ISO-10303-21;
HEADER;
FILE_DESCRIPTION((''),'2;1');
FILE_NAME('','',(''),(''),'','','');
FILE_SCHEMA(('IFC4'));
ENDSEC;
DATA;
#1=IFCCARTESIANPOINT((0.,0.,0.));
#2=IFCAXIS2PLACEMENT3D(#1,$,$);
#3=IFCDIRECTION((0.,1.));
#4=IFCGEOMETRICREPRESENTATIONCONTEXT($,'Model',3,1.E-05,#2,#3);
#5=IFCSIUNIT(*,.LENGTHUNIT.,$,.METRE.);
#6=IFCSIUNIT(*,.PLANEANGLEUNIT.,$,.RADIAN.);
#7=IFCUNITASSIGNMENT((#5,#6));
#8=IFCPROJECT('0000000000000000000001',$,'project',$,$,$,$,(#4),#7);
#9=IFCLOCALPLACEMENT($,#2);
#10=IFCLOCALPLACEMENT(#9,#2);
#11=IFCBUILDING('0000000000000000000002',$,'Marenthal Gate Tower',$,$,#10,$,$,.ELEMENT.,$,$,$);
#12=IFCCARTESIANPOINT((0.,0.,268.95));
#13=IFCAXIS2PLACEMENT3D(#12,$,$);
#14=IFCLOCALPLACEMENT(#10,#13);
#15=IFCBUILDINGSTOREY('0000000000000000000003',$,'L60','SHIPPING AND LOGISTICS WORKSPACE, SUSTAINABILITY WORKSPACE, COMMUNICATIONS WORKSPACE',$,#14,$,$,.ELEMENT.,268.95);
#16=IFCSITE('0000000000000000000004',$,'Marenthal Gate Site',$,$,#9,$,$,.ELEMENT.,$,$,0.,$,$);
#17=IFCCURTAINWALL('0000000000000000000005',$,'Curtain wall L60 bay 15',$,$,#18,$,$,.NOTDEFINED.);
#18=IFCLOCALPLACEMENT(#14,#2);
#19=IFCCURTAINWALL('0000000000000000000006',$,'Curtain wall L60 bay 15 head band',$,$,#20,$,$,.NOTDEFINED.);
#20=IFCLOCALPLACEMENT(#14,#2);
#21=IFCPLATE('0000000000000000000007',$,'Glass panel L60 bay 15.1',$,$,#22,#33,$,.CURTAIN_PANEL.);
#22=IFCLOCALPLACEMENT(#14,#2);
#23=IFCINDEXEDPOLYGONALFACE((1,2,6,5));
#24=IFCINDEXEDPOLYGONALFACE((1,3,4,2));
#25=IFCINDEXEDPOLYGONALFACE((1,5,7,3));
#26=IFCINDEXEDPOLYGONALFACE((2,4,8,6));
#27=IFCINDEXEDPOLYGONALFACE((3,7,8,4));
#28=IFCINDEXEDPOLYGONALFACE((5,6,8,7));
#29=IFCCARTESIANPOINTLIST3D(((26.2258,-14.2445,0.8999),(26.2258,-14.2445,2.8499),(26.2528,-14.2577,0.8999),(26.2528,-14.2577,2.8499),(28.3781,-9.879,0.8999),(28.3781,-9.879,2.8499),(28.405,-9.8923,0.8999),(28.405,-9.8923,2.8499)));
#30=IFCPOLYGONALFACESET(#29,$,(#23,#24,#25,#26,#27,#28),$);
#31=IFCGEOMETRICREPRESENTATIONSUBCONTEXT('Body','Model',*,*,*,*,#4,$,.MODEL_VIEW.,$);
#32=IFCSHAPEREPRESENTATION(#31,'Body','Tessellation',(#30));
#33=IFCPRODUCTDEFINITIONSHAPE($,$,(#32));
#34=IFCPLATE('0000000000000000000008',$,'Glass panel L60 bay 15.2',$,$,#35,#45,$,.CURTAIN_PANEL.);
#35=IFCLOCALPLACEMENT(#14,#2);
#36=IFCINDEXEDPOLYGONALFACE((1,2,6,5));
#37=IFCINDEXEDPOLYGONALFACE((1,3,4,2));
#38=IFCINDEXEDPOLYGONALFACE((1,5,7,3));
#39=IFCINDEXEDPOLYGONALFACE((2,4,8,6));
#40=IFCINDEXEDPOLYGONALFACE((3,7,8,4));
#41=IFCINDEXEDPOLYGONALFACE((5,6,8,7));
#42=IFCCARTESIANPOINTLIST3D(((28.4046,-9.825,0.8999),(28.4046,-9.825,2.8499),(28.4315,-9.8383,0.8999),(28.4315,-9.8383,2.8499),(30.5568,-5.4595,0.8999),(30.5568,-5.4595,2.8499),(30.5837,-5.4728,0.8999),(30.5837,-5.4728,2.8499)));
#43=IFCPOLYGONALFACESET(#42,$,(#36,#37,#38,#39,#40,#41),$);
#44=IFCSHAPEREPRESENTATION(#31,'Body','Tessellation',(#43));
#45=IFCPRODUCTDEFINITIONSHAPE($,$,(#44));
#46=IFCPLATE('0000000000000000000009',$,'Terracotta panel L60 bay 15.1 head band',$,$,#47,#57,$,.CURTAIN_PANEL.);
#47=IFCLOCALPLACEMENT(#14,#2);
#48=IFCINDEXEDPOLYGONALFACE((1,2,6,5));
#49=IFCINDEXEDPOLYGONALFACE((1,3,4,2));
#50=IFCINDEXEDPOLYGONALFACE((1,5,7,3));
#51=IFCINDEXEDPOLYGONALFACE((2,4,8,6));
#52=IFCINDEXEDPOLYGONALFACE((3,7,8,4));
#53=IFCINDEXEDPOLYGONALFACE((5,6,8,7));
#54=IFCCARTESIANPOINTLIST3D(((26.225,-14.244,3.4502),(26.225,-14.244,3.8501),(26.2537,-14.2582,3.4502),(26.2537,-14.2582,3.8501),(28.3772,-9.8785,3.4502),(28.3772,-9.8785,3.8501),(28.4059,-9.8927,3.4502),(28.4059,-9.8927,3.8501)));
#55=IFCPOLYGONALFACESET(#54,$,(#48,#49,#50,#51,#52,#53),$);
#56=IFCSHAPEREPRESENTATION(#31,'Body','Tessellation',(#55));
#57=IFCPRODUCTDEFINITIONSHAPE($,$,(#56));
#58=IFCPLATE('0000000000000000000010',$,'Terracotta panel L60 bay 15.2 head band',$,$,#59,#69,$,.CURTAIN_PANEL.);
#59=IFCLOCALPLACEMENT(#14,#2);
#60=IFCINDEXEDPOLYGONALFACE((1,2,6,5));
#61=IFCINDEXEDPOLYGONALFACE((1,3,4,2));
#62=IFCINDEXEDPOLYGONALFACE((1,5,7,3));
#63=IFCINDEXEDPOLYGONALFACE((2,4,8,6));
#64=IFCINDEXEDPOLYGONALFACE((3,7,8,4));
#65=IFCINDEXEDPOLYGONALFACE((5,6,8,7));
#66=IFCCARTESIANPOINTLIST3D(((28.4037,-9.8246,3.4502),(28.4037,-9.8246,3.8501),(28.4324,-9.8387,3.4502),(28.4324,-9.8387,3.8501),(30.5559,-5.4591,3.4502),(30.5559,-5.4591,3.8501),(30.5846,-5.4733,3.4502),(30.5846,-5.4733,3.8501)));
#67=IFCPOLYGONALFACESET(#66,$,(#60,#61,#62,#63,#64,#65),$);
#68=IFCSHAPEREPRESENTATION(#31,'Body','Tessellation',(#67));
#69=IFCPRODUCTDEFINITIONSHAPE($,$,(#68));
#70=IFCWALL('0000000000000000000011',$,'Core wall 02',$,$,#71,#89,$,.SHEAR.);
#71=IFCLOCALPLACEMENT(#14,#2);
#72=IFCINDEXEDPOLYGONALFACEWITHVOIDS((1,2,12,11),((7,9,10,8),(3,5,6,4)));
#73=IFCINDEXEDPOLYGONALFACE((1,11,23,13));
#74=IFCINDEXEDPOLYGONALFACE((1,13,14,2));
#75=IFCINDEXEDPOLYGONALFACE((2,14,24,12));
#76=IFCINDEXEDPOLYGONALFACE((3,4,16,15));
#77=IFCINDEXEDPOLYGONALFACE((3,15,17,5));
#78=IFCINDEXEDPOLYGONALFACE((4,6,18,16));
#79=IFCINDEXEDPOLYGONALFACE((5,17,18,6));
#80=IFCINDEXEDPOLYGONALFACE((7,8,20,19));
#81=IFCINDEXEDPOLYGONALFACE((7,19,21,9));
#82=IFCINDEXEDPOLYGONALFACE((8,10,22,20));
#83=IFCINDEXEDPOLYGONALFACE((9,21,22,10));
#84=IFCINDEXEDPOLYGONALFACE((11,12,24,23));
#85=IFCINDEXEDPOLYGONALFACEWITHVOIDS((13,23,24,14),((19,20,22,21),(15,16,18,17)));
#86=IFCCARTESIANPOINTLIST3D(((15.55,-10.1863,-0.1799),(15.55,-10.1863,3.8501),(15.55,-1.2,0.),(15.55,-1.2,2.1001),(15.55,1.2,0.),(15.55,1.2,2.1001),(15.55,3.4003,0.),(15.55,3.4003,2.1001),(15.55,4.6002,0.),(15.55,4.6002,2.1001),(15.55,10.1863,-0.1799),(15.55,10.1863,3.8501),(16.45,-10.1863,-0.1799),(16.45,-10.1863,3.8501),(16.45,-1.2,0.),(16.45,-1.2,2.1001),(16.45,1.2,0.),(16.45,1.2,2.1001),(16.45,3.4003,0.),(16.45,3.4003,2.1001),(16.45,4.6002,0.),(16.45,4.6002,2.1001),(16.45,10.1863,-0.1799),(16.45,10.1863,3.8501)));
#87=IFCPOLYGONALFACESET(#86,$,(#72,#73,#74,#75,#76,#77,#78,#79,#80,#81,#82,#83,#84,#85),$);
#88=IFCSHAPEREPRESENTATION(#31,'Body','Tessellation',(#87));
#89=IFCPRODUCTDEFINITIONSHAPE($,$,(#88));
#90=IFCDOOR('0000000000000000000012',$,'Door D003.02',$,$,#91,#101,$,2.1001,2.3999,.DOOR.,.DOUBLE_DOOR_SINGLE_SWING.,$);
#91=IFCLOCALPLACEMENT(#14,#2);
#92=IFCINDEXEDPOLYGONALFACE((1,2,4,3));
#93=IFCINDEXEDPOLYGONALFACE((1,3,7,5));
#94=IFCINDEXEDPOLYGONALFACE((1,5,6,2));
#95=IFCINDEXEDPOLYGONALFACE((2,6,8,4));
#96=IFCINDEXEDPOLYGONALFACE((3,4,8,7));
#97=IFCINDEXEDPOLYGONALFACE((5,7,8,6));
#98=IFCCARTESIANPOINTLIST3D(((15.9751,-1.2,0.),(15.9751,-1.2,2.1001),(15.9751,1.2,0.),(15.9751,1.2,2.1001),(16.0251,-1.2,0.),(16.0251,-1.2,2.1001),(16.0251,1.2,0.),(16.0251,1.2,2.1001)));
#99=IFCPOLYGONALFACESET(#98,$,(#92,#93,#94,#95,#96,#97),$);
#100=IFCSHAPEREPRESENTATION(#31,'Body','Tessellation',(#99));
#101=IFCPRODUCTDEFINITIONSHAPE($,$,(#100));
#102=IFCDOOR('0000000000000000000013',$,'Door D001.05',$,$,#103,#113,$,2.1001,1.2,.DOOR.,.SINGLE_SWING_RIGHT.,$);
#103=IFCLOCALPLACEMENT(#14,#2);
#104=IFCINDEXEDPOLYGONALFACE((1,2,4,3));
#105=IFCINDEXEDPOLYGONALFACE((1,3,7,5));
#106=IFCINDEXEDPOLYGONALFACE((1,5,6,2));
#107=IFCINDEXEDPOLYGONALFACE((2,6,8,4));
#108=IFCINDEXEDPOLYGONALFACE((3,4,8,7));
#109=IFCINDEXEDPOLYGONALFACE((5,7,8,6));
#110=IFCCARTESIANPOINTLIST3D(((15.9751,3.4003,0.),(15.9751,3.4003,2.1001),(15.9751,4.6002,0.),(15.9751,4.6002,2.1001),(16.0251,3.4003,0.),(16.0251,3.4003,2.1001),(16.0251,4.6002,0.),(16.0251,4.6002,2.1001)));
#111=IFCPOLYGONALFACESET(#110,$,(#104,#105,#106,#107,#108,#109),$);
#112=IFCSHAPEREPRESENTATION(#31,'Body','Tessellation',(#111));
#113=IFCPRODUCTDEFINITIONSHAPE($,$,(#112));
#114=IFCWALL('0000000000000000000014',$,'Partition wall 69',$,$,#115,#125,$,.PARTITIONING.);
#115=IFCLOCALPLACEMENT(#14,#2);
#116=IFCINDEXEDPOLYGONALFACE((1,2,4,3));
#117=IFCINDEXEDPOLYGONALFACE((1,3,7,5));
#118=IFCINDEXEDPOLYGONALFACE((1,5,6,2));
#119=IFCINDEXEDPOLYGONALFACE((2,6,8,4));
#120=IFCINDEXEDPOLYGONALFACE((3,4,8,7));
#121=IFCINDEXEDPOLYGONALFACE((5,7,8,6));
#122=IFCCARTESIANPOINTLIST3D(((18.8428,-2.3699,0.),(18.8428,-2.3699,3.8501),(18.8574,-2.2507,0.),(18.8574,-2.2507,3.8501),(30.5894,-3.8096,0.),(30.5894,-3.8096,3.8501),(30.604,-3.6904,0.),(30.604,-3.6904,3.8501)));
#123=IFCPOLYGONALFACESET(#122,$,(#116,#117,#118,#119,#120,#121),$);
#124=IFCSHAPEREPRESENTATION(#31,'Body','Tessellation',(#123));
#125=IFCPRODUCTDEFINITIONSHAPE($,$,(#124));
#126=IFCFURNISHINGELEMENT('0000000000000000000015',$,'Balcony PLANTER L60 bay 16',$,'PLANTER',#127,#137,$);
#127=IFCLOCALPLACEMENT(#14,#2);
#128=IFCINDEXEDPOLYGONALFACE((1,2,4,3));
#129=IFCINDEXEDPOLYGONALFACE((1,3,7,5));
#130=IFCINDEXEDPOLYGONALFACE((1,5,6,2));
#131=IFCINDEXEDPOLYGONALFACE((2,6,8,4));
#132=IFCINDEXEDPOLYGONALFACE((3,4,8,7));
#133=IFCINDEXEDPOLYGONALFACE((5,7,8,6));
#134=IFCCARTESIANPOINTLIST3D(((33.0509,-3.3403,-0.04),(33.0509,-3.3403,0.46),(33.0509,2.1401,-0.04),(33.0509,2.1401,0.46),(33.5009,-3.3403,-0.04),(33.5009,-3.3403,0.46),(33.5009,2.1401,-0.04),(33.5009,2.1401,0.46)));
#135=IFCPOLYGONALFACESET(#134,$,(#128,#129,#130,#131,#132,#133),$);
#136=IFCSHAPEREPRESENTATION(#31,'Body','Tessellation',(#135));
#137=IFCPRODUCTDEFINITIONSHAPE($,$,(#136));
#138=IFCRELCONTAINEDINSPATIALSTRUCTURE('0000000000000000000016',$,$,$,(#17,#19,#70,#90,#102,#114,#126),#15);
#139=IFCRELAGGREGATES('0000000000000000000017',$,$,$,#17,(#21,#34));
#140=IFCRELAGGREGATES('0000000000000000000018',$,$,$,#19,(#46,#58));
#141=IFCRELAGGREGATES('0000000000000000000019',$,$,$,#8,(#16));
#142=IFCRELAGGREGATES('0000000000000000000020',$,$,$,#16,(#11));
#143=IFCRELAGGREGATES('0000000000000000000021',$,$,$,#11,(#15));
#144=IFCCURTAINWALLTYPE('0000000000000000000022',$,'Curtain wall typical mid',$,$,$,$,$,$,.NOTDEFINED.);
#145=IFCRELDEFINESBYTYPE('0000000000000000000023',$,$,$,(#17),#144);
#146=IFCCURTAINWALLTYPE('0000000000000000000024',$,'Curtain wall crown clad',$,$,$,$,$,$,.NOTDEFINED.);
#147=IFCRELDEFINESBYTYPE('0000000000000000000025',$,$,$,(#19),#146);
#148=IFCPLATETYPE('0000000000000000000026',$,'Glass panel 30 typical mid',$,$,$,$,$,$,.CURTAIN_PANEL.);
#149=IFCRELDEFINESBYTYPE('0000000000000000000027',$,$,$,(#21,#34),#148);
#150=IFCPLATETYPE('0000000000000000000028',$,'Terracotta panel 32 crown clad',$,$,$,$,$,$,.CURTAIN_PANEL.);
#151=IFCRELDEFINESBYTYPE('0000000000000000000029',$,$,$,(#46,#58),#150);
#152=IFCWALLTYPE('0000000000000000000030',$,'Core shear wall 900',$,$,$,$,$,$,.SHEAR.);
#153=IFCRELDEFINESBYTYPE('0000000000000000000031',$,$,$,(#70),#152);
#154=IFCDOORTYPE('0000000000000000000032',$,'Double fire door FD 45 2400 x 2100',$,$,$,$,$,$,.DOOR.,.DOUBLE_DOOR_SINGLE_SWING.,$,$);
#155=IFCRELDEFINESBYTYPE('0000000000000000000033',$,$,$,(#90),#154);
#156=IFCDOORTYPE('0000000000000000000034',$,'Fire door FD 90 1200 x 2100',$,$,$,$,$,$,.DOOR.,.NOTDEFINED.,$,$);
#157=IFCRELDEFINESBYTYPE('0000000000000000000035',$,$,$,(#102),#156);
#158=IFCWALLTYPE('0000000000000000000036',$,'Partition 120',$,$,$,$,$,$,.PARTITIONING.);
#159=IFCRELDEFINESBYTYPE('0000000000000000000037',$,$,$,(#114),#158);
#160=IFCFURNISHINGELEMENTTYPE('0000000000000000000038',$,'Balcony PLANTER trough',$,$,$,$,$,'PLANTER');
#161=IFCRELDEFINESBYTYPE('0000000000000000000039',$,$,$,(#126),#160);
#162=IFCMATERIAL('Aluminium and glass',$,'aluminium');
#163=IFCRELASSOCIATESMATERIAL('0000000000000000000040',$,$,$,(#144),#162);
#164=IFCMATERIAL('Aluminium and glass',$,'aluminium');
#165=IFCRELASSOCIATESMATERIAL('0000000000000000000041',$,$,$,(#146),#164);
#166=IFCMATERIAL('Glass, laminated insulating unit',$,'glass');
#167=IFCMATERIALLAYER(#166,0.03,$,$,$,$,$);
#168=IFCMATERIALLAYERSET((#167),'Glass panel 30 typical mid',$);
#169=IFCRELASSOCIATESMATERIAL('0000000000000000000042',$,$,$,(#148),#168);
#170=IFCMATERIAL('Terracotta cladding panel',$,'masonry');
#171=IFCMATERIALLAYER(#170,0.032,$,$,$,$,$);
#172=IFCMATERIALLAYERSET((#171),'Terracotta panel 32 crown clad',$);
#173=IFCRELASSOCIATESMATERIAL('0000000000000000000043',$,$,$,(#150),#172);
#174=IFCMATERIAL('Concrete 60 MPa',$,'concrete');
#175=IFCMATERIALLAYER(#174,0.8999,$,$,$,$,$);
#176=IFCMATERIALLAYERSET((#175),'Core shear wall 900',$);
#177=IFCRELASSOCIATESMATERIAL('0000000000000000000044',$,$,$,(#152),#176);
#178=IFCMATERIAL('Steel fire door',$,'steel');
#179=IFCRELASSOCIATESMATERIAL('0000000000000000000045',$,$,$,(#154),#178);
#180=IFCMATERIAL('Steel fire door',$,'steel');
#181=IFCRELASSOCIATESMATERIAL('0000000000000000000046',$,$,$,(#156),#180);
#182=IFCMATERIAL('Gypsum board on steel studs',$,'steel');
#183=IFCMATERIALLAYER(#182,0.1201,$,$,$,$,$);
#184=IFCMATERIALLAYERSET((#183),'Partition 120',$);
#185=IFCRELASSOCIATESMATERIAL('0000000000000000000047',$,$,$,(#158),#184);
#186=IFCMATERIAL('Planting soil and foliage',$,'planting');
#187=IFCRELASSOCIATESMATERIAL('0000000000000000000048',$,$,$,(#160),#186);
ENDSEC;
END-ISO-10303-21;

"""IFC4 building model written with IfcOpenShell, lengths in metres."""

from ifc_helpers import new_model, si_unit, direction, frame, frame_2d, origin, origin_2d, place, context, subcontext, project, spatial, rectangle, extrude, material, layer, layer_set, type_object, element, fill, aggregate, save


model = new_model("IFC4")

# Units and contexts
model_context = context("Model", 3, precision=1e-05, world=origin(), true_north=direction((0.0, 1.0)))
body_context = subcontext(model_context, "Body", "Model", "MODEL_VIEW")
ifc_project = project(units=[si_unit("LENGTHUNIT", "METRE"), si_unit("PLANEANGLEUNIT", "RADIAN")], contexts=[model_context])

# Site, building, storey
site_placement = place(None, origin())
site = spatial("IfcSite", under=ifc_project, at=site_placement, Name="Marenthal Gate Site", CompositionType="ELEMENT", RefElevation=0.0)
building_placement = place(site_placement, origin())
building = spatial("IfcBuilding", under=site, at=building_placement, Name="Marenthal Gate Tower", CompositionType="ELEMENT")
storey_placement = place(building_placement, frame((0.0, 0.0, 268.95)))
storey = spatial("IfcBuildingStorey", under=building, at=storey_placement, Name="L60", Description="SHIPPING AND LOGISTICS WORKSPACE, SUSTAINABILITY WORKSPACE, COMMUNICATIONS WORKSPACE", CompositionType="ELEMENT", Elevation=268.95)

# Curtain walls
ifc_material_1 = material(Name="Aluminium and glass", Category="aluminium")
curtain_wall_type_1 = type_object("IfcCurtainWallType", Name="Curtain wall typical mid", PredefinedType="NOTDEFINED", material=ifc_material_1)
curtain_wall_1_placement = place(storey_placement, origin())
curtain_wall_1 = element("IfcCurtainWall", 1, at=curtain_wall_1_placement, inside=storey, type_object=curtain_wall_type_1, Name="Curtain wall L60 bay 15", PredefinedType="NOTDEFINED")
ifc_material_2 = material(Name="Aluminium and glass", Category="aluminium")
curtain_wall_type_2 = type_object("IfcCurtainWallType", Name="Curtain wall crown clad", PredefinedType="NOTDEFINED", material=ifc_material_2)
curtain_wall_2_placement = place(storey_placement, origin())
curtain_wall_2 = element("IfcCurtainWall", 2, at=curtain_wall_2_placement, inside=storey, type_object=curtain_wall_type_2, Name="Curtain wall L60 bay 15 head band", PredefinedType="NOTDEFINED")

# Plates
ifc_material_3 = material(Name="Glass, laminated insulating unit", Category="glass")
ifc_layer_1 = layer(ifc_material_3, 0.03)
ifc_layer_set_1 = layer_set([ifc_layer_1], Name="Glass panel 30 typical mid")
plate_type_1 = type_object("IfcPlateType", Name="Glass panel 30 typical mid", PredefinedType="CURTAIN_PANEL", material=ifc_layer_set_1)
plate_1_placement = place(storey_placement, frame((27.3154, -12.0684, 0.8999), z_axis=(0.0, 0.0, 1.0), x_axis=(0.442192, 0.896921, 0.0)))
plate_1 = element("IfcPlate", 3, at=plate_1_placement, type_object=plate_type_1, Name="Glass panel L60 bay 15.1", PredefinedType="CURTAIN_PANEL", context=body_context, shape_type="SweptSolid", body=[
    extrude(rectangle(XDim=4.8672, YDim=0.03, at=origin_2d()), origin(), (0.0, 0.0, 1.0), 1.95),
])
plate_2_placement = place(storey_placement, frame((29.4941, -7.6489, 0.8999), z_axis=(0.0, 0.0, 1.0), x_axis=(0.442192, 0.896921, 0.0)))
plate_2 = element("IfcPlate", 4, at=plate_2_placement, type_object=plate_type_1, Name="Glass panel L60 bay 15.2", PredefinedType="CURTAIN_PANEL", context=body_context, shape_type="SweptSolid", body=[
    extrude(rectangle(XDim=4.8672, YDim=0.03, at=origin_2d()), origin(), (0.0, 0.0, 1.0), 1.95),
])
aggregate(curtain_wall_1, [plate_1, plate_2])
ifc_material_4 = material(Name="Terracotta cladding panel", Category="masonry")
ifc_layer_2 = layer(ifc_material_4, 0.032)
ifc_layer_set_2 = layer_set([ifc_layer_2], Name="Terracotta panel 32 crown clad")
plate_type_2 = type_object("IfcPlateType", Name="Terracotta panel 32 crown clad", PredefinedType="CURTAIN_PANEL", material=ifc_layer_set_2)
plate_3_placement = place(storey_placement, frame((27.3154, -12.0684, 3.4502), z_axis=(0.0, 0.0, 1.0), x_axis=(0.442192, 0.896921, 0.0)))
plate_3 = element("IfcPlate", 5, at=plate_3_placement, type_object=plate_type_2, Name="Terracotta panel L60 bay 15.1 head band", PredefinedType="CURTAIN_PANEL", context=body_context, shape_type="SweptSolid", body=[
    extrude(rectangle(XDim=4.8672, YDim=0.032, at=origin_2d()), origin(), (0.0, 0.0, 1.0), 0.3999),
])
plate_4_placement = place(storey_placement, frame((29.4941, -7.6489, 3.4502), z_axis=(0.0, 0.0, 1.0), x_axis=(0.442192, 0.896921, 0.0)))
plate_4 = element("IfcPlate", 6, at=plate_4_placement, type_object=plate_type_2, Name="Terracotta panel L60 bay 15.2 head band", PredefinedType="CURTAIN_PANEL", context=body_context, shape_type="SweptSolid", body=[
    extrude(rectangle(XDim=4.8672, YDim=0.032, at=origin_2d()), origin(), (0.0, 0.0, 1.0), 0.3999),
])
aggregate(curtain_wall_2, [plate_3, plate_4])

# Wall, openings, doors
ifc_material_5 = material(Name="Concrete 60 MPa", Category="concrete")
ifc_layer_3 = layer(ifc_material_5, 0.8999)
ifc_layer_set_3 = layer_set([ifc_layer_3], Name="Core shear wall 900")
wall_type_1 = type_object("IfcWallType", Name="Core shear wall 900", PredefinedType="SHEAR", material=ifc_layer_set_3)
wall_1_placement = place(storey_placement, frame((16.0, -10.1863, -0.1799), z_axis=(0.0, 0.0, 1.0), x_axis=(0.0, 1.0, 0.0)))
wall_1 = element("IfcWall", 7, at=wall_1_placement, inside=storey, type_object=wall_type_1, Name="Core wall 02", PredefinedType="SHEAR", context=body_context, shape_type="SweptSolid", body=[
    extrude(rectangle(XDim=20.3726, YDim=0.8999, at=frame_2d((10.1863, 0.0))), origin(), (0.0, 0.0, 1.0), 4.03),
])
opening_1_placement = place(wall_1_placement, frame((8.9863, 0.0, 0.1799)))
opening_1 = element("IfcOpeningElement", 8, at=opening_1_placement, cuts=wall_1, PredefinedType="OPENING", context=body_context, shape_type="SweptSolid", body=[
    extrude(rectangle(XDim=2.3999, YDim=2.1001, at=frame_2d((1.2, 1.05))), frame((0.0, 0.46, 0.0), z_axis=(0.0, -1.0, 0.0), x_axis=(1.0, 0.0, 0.0)), (0.0, 0.0, 1.0), 0.9199),
])
opening_2_placement = place(wall_1_placement, frame((13.5864, 0.0, 0.1799)))
opening_2 = element("IfcOpeningElement", 9, at=opening_2_placement, cuts=wall_1, PredefinedType="OPENING", context=body_context, shape_type="SweptSolid", body=[
    extrude(rectangle(XDim=1.2, YDim=2.1001, at=frame_2d((0.6001, 1.05))), frame((0.0, 0.46, 0.0), z_axis=(0.0, -1.0, 0.0), x_axis=(1.0, 0.0, 0.0)), (0.0, 0.0, 1.0), 0.9199),
])
ifc_material_6 = material(Name="Steel fire door", Category="steel")
door_type_1 = type_object("IfcDoorType", Name="Double fire door FD 45 2400 x 2100", OperationType="DOUBLE_DOOR_SINGLE_SWING", PredefinedType="DOOR", material=ifc_material_6)
door_1_placement = place(opening_1_placement, origin())
door_1 = element("IfcDoor", 10, at=door_1_placement, inside=storey, type_object=door_type_1, Name="Door D003.02", OperationType="DOUBLE_DOOR_SINGLE_SWING", OverallHeight=2.1001, OverallWidth=2.3999, PredefinedType="DOOR", context=body_context, shape_type="SweptSolid", body=[
    extrude(rectangle(XDim=2.3999, YDim=2.1001, at=frame_2d((1.2, 1.05))), frame((0.0, 0.0249, 0.0), z_axis=(0.0, -1.0, 0.0), x_axis=(1.0, 0.0, 0.0)), (0.0, 0.0, 1.0), 0.05),
])
fill(opening_1, door_1)
ifc_material_7 = material(Name="Steel fire door", Category="steel")
door_type_2 = type_object("IfcDoorType", Name="Fire door FD 90 1200 x 2100", OperationType="NOTDEFINED", PredefinedType="DOOR", material=ifc_material_7)
door_2_placement = place(opening_2_placement, origin())
door_2 = element("IfcDoor", 11, at=door_2_placement, inside=storey, type_object=door_type_2, Name="Door D001.05", OperationType="SINGLE_SWING_RIGHT", OverallHeight=2.1001, OverallWidth=1.2, PredefinedType="DOOR", context=body_context, shape_type="SweptSolid", body=[
    extrude(rectangle(XDim=1.2, YDim=2.1001, at=frame_2d((0.6001, 1.05))), frame((0.0, 0.0249, 0.0), z_axis=(0.0, -1.0, 0.0), x_axis=(1.0, 0.0, 0.0)), (0.0, 0.0, 1.0), 0.05),
])
fill(opening_2, door_2)

# Wall
ifc_material_8 = material(Name="Gypsum board on steel studs", Category="steel")
ifc_layer_4 = layer(ifc_material_8, 0.1201)
ifc_layer_set_4 = layer_set([ifc_layer_4], Name="Partition 120")
wall_type_2 = type_object("IfcWallType", Name="Partition 120", PredefinedType="PARTITIONING", material=ifc_layer_set_4)
wall_2_placement = place(storey_placement, frame((18.8501, -2.3103, 0.0), z_axis=(0.0, 0.0, 1.0), x_axis=(0.992573, -0.121653, 0.0)))
element("IfcWall", 12, at=wall_2_placement, inside=storey, type_object=wall_type_2, Name="Partition wall 69", PredefinedType="PARTITIONING", context=body_context, shape_type="SweptSolid", body=[
    extrude(rectangle(XDim=11.8345, YDim=0.1201, at=frame_2d((5.9172, 0.0))), origin(), (0.0, 0.0, 1.0), 3.8501),
])

# Furnishing element
ifc_material_9 = material(Name="Planting soil and foliage", Category="planting")
furnishing_element_type = type_object("IfcFurnishingElementType", Name="Balcony PLANTER trough", ElementType="PLANTER", material=ifc_material_9)
furnishing_placement = place(storey_placement, frame((33.2759, -0.6001, -0.04), z_axis=(0.0, 0.0, 1.0), x_axis=(0.0, 1.0, 0.0)))
element("IfcFurnishingElement", 13, at=furnishing_placement, inside=storey, type_object=furnishing_element_type, Name="Balcony PLANTER L60 bay 16", ObjectType="PLANTER", context=body_context, shape_type="SweptSolid", body=[
    extrude(rectangle(XDim=5.4805, YDim=0.45, at=origin_2d()), origin(), (0.0, 0.0, 1.0), 0.5),
])

save(model, "model.ifc")
